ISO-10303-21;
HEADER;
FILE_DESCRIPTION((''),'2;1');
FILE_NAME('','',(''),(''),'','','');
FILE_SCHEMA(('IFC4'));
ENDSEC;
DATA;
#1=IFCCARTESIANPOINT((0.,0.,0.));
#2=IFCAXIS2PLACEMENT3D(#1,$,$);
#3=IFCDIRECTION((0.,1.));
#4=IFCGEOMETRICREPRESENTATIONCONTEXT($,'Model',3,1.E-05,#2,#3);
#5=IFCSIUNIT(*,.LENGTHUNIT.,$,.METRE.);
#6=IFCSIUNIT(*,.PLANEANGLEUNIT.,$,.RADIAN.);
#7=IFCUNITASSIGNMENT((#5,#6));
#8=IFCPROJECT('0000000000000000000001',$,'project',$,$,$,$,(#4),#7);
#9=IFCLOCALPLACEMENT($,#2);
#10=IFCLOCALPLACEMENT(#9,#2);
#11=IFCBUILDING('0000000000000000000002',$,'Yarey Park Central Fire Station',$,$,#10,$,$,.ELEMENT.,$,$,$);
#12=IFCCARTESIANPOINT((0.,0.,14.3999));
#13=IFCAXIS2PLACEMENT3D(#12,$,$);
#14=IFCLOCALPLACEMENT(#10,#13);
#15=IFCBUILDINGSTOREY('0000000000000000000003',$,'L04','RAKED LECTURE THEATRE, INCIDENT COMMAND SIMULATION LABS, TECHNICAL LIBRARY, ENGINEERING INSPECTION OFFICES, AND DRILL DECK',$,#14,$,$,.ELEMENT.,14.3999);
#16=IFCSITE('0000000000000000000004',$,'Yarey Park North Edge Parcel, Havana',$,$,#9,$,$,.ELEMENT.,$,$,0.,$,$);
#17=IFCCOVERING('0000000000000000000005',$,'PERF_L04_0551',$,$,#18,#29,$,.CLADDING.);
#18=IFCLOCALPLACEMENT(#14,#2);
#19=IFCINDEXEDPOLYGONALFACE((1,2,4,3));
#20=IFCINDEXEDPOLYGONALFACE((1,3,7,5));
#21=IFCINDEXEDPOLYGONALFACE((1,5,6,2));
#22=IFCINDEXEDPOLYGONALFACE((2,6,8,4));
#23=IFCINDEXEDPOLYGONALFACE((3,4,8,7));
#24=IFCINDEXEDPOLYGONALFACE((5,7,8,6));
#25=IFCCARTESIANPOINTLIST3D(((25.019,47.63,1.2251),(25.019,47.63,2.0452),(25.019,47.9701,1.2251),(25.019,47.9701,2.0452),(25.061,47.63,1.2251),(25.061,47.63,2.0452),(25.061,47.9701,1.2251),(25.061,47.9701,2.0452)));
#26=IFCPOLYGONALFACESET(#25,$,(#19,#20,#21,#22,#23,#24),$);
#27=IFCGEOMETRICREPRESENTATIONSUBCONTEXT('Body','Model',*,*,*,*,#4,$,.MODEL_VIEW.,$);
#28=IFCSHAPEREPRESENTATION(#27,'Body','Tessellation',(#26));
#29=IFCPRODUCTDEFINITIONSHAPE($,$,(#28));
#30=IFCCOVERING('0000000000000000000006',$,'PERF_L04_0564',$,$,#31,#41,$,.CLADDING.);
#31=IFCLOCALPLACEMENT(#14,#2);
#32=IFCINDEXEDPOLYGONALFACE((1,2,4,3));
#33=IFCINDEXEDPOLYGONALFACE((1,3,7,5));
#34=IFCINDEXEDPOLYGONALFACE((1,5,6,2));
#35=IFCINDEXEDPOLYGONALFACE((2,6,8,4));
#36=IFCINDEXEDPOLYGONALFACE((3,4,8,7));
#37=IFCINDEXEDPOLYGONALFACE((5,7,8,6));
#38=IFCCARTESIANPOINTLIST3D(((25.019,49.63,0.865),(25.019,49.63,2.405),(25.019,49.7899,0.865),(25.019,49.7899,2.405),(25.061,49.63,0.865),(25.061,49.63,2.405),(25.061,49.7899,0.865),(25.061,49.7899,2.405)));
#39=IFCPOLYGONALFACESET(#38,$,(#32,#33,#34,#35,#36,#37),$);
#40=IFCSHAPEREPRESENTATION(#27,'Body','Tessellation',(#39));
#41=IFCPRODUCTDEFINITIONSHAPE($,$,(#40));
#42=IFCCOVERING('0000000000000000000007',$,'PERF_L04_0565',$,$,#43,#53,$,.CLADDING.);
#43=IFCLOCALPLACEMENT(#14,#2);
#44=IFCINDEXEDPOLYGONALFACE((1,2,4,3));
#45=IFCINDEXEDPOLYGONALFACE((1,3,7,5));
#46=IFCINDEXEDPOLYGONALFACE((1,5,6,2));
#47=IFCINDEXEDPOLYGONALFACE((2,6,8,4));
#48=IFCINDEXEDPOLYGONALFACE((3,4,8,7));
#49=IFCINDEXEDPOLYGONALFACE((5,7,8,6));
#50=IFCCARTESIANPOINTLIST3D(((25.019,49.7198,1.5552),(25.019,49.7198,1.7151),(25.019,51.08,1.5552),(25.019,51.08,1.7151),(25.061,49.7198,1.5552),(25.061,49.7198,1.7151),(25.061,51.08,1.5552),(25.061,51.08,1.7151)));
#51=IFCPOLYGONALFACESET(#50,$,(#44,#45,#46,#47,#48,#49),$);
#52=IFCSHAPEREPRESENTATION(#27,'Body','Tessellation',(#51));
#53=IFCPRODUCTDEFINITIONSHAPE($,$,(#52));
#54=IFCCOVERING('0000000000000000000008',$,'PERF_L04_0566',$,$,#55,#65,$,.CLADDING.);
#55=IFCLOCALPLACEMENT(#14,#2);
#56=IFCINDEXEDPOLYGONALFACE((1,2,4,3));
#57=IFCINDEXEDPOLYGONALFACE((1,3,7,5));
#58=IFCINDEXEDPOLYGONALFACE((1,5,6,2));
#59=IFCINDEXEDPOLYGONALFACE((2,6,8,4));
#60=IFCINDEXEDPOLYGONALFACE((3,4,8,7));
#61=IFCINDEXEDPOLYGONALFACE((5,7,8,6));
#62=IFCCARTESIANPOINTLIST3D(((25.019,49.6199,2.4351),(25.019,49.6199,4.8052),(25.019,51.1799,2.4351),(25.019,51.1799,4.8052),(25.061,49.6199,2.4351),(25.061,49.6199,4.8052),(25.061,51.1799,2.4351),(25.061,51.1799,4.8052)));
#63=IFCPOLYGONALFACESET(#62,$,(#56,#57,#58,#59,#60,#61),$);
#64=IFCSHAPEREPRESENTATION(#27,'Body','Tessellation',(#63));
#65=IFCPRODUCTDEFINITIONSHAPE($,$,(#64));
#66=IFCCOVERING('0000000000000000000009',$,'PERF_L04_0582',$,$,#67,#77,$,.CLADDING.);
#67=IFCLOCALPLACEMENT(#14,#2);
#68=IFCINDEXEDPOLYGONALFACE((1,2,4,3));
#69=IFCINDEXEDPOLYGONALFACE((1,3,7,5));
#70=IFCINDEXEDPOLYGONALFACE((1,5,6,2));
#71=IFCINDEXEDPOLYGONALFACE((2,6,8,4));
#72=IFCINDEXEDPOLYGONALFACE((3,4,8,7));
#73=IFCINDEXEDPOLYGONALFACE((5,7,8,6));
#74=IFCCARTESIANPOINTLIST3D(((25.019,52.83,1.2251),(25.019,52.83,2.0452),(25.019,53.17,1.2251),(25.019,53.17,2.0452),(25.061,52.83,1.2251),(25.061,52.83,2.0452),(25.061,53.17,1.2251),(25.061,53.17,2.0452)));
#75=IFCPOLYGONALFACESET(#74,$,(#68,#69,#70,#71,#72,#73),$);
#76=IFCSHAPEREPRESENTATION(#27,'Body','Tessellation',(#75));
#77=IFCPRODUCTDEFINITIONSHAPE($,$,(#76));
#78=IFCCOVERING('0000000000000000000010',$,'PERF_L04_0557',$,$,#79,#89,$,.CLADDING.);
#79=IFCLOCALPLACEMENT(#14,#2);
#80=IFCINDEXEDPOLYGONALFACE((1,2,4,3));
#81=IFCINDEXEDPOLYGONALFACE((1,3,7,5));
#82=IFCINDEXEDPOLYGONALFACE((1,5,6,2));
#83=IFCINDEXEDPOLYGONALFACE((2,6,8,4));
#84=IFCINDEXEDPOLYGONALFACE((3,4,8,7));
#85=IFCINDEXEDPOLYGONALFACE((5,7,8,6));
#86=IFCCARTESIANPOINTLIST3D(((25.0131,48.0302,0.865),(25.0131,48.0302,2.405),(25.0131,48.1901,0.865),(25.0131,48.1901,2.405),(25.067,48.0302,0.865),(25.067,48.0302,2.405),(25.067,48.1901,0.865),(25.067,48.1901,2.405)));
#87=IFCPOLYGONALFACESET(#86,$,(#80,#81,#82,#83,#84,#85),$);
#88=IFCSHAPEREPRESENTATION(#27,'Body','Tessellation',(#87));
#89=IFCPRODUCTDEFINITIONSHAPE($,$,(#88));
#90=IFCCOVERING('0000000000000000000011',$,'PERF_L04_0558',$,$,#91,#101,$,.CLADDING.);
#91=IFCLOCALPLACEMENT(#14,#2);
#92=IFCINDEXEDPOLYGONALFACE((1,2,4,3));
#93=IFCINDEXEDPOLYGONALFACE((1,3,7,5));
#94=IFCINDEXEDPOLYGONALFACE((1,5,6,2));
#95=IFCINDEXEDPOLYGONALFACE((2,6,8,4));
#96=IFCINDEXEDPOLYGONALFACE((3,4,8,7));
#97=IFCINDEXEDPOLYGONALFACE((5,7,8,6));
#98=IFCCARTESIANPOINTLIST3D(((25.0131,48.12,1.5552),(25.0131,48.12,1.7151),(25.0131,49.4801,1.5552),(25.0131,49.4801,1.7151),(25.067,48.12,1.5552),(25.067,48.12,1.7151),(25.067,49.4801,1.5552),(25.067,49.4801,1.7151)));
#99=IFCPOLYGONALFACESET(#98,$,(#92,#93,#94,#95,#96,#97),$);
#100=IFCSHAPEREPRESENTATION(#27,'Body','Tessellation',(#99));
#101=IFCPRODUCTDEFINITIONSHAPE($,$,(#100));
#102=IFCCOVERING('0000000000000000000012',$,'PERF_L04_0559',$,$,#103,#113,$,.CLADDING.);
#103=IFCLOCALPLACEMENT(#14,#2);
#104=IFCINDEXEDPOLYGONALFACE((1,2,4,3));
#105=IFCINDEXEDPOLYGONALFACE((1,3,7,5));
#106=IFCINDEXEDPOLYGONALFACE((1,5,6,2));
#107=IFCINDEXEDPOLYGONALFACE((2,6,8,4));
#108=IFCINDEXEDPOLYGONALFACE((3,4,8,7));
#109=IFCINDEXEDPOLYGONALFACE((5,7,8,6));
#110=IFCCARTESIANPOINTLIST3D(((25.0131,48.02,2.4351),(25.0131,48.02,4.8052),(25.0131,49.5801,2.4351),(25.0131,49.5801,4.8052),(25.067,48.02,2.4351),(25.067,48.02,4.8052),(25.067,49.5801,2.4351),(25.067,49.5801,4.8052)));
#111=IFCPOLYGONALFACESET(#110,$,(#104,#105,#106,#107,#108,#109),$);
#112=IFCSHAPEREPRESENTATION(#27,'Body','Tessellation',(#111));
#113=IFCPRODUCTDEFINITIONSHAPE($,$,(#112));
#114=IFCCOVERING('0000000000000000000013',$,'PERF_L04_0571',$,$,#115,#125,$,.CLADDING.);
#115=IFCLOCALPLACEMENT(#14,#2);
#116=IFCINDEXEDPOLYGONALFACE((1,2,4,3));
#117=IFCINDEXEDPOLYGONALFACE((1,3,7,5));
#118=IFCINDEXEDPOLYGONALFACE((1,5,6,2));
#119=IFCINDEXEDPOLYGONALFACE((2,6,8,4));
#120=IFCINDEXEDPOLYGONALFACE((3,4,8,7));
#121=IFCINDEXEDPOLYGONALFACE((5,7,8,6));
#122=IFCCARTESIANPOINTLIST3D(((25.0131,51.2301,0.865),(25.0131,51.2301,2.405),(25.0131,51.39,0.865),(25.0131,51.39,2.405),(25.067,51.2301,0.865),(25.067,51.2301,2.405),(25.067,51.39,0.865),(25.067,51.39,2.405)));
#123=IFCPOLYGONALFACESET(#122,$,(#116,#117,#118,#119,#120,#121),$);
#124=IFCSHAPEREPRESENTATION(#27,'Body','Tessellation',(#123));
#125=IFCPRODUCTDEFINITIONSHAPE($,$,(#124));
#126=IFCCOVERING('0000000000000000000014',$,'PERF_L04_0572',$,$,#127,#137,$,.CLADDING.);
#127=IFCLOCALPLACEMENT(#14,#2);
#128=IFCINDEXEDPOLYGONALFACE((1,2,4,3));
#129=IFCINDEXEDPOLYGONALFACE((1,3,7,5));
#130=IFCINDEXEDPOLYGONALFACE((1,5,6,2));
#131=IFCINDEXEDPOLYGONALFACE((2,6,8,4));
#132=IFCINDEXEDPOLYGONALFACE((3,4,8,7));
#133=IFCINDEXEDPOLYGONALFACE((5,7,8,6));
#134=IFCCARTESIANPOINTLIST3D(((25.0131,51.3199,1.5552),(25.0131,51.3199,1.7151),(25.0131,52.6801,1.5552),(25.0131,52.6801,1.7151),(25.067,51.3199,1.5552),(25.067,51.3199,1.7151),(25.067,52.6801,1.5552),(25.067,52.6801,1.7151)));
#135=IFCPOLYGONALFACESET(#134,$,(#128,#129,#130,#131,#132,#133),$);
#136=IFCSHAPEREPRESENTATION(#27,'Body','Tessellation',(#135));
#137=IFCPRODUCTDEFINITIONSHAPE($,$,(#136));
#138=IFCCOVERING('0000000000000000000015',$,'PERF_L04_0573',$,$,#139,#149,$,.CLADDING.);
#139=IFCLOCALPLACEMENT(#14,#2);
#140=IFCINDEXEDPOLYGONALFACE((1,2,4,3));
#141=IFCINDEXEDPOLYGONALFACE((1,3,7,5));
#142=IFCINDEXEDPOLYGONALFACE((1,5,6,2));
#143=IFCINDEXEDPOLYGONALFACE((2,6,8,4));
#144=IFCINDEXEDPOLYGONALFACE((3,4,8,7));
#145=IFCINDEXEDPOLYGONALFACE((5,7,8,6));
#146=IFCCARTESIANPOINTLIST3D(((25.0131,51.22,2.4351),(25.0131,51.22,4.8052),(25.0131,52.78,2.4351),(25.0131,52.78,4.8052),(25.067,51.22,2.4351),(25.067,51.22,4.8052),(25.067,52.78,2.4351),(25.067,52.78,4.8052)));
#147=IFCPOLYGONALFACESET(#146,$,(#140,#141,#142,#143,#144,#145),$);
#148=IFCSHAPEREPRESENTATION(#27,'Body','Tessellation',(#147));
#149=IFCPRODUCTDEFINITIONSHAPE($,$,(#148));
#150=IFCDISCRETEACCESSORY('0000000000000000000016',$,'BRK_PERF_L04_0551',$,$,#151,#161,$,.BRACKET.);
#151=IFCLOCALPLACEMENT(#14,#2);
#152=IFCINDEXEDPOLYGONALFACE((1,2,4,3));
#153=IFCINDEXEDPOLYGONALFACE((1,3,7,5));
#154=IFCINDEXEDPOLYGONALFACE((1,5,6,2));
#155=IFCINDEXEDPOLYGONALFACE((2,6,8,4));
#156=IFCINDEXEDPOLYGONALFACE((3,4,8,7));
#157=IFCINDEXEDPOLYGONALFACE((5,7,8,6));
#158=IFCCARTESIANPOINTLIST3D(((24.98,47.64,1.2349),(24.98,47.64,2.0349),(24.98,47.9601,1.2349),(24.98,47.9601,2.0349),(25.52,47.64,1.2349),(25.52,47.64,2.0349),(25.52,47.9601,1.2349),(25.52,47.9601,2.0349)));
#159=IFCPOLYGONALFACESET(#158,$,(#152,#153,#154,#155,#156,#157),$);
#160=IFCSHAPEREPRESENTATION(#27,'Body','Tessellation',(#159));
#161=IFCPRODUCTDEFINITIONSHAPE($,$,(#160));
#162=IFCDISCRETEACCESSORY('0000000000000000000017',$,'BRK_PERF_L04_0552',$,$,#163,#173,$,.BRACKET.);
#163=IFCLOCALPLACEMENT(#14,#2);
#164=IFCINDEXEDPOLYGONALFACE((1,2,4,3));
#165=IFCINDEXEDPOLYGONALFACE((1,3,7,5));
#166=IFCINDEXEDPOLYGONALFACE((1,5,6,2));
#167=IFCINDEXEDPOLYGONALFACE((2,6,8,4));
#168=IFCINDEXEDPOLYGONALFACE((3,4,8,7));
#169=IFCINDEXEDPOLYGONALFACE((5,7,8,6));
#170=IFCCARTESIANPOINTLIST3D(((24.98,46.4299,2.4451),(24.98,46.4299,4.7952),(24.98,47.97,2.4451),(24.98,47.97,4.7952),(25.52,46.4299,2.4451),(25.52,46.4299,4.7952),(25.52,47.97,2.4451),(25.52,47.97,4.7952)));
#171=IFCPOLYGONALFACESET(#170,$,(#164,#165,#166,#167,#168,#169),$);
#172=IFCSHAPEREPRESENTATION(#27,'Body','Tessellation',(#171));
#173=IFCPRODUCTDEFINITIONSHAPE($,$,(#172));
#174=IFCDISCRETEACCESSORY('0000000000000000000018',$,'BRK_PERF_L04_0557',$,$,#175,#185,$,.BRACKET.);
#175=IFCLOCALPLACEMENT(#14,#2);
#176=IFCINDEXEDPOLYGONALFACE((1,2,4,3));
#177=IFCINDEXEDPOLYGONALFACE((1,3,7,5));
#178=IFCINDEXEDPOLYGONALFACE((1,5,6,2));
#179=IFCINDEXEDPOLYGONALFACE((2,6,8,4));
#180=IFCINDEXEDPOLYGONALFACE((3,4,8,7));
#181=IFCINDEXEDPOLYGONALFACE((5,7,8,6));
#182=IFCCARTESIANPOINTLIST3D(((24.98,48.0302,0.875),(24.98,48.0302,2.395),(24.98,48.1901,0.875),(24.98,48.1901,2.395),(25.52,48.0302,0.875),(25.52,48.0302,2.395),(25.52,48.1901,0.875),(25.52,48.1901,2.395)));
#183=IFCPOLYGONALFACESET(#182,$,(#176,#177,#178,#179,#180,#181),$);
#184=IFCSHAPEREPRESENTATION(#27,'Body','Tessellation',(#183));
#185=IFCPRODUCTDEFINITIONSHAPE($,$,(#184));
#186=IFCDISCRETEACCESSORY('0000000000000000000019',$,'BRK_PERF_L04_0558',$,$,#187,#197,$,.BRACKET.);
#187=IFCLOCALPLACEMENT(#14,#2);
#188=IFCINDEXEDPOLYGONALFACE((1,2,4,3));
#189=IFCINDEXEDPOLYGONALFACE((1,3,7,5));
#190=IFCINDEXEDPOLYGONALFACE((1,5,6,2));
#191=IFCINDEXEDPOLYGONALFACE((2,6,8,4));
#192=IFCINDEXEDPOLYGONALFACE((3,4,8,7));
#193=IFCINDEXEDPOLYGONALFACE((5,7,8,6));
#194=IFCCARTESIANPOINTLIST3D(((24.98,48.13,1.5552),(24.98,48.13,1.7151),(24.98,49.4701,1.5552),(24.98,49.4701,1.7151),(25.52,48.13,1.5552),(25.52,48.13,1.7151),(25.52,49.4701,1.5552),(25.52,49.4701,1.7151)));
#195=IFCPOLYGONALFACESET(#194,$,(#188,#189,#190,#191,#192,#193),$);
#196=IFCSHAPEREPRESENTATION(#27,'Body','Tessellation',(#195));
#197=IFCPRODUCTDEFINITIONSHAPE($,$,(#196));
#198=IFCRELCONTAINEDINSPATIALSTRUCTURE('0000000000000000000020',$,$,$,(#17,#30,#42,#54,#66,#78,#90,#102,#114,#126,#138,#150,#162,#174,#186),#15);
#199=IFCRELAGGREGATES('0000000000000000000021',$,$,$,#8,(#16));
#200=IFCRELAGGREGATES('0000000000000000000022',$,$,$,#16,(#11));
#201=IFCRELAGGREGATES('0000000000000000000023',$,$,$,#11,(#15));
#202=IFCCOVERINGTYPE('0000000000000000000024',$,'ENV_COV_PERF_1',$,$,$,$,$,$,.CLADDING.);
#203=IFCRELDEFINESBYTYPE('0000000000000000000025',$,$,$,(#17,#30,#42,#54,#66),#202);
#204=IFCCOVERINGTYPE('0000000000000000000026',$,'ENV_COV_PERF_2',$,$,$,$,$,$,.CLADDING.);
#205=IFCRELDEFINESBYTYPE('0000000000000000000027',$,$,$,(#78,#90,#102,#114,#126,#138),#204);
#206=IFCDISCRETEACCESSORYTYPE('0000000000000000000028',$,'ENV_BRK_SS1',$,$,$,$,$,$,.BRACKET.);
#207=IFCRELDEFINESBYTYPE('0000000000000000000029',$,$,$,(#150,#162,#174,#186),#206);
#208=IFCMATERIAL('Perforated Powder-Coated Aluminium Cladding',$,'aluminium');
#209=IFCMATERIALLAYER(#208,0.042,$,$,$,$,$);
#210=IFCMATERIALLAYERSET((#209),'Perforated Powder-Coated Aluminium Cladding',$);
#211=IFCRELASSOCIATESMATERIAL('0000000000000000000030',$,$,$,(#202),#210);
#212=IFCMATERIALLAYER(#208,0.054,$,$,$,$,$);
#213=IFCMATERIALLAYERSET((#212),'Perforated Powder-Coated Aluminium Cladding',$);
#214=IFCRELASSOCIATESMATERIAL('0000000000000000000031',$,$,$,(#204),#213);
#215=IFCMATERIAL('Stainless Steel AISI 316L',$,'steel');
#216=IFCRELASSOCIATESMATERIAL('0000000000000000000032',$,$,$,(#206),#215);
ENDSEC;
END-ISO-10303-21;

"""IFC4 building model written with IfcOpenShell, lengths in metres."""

from ifc_helpers import new_model, si_unit, direction, frame, origin, origin_2d, place, context, subcontext, project, spatial, rectangle, extrude, material, layer, layer_set, type_object, element, save


model = new_model("IFC4")

# Units and contexts
model_context = context("Model", 3, precision=1e-05, world=origin(), true_north=direction((0.0, 1.0)))
body_context = subcontext(model_context, "Body", "Model", "MODEL_VIEW")
ifc_project = project(units=[si_unit("LENGTHUNIT", "METRE"), si_unit("PLANEANGLEUNIT", "RADIAN")], contexts=[model_context])

# Site, building, storey
site_placement = place(None, origin())
site = spatial("IfcSite", under=ifc_project, at=site_placement, Name="Yarey Park North Edge Parcel, Havana", CompositionType="ELEMENT", RefElevation=0.0)
building_placement = place(site_placement, origin())
building = spatial("IfcBuilding", under=site, at=building_placement, Name="Yarey Park Central Fire Station", CompositionType="ELEMENT")
storey_placement = place(building_placement, frame((0.0, 0.0, 14.3999)))
storey = spatial("IfcBuildingStorey", under=building, at=storey_placement, Name="L04", Description="RAKED LECTURE THEATRE, INCIDENT COMMAND SIMULATION LABS, TECHNICAL LIBRARY, ENGINEERING INSPECTION OFFICES, AND DRILL DECK", CompositionType="ELEMENT", Elevation=14.3999)

# Coverings
ifc_material_1 = material(Name="Perforated Powder-Coated Aluminium Cladding", Category="aluminium")
ifc_layer_1 = layer(ifc_material_1, 0.042)
ifc_layer_set_1 = layer_set([ifc_layer_1], Name="Perforated Powder-Coated Aluminium Cladding")
covering_type_1 = type_object("IfcCoveringType", Name="ENV_COV_PERF_1", PredefinedType="CLADDING", material=ifc_layer_set_1)
covering_1_placement = place(storey_placement, frame((25.04, 47.8, 1.2251), z_axis=(0.0, 0.0, 1.0), x_axis=(0.0, 1.0, 0.0)))
element("IfcCovering", 1, at=covering_1_placement, inside=storey, type_object=covering_type_1, Name="PERF_L04_0551", PredefinedType="CLADDING", context=body_context, shape_type="SweptSolid", body=[
    extrude(rectangle(XDim=0.3401, YDim=0.042, at=origin_2d()), origin(), (0.0, 0.0, 1.0), 0.8201),
])
covering_2_placement = place(storey_placement, frame((25.04, 49.71, 0.865), z_axis=(0.0, 0.0, 1.0), x_axis=(0.0, 1.0, 0.0)))
element("IfcCovering", 2, at=covering_2_placement, inside=storey, type_object=covering_type_1, Name="PERF_L04_0564", PredefinedType="CLADDING", context=body_context, shape_type="SweptSolid", body=[
    extrude(rectangle(XDim=0.1599, YDim=0.042, at=origin_2d()), origin(), (0.0, 0.0, 1.0), 1.54),
])
covering_3_placement = place(storey_placement, frame((25.04, 50.3999, 1.5552), z_axis=(0.0, 0.0, 1.0), x_axis=(0.0, 1.0, 0.0)))
element("IfcCovering", 3, at=covering_3_placement, inside=storey, type_object=covering_type_1, Name="PERF_L04_0565", PredefinedType="CLADDING", context=body_context, shape_type="SweptSolid", body=[
    extrude(rectangle(XDim=1.3601, YDim=0.042, at=origin_2d()), origin(), (0.0, 0.0, 1.0), 0.1599),
])
covering_4_placement = place(storey_placement, frame((25.04, 50.3999, 2.4351), z_axis=(0.0, 0.0, 1.0), x_axis=(0.0, 1.0, 0.0)))
element("IfcCovering", 4, at=covering_4_placement, inside=storey, type_object=covering_type_1, Name="PERF_L04_0566", PredefinedType="CLADDING", context=body_context, shape_type="SweptSolid", body=[
    extrude(rectangle(XDim=1.5601, YDim=0.042, at=origin_2d()), origin(), (0.0, 0.0, 1.0), 2.3701),
])
covering_5_placement = place(storey_placement, frame((25.04, 53.0, 1.2251), z_axis=(0.0, 0.0, 1.0), x_axis=(0.0, 1.0, 0.0)))
element("IfcCovering", 5, at=covering_5_placement, inside=storey, type_object=covering_type_1, Name="PERF_L04_0582", PredefinedType="CLADDING", context=body_context, shape_type="SweptSolid", body=[
    extrude(rectangle(XDim=0.3401, YDim=0.042, at=origin_2d()), origin(), (0.0, 0.0, 1.0), 0.8201),
])
ifc_layer_2 = layer(ifc_material_1, 0.054)
ifc_layer_set_2 = layer_set([ifc_layer_2], Name="Perforated Powder-Coated Aluminium Cladding")
covering_type_2 = type_object("IfcCoveringType", Name="ENV_COV_PERF_2", PredefinedType="CLADDING", material=ifc_layer_set_2)
covering_6_placement = place(storey_placement, frame((25.04, 48.1101, 0.865), z_axis=(0.0, 0.0, 1.0), x_axis=(0.0, 1.0, 0.0)))
element("IfcCovering", 6, at=covering_6_placement, inside=storey, type_object=covering_type_2, Name="PERF_L04_0557", PredefinedType="CLADDING", context=body_context, shape_type="SweptSolid", body=[
    extrude(rectangle(XDim=0.1599, YDim=0.054, at=origin_2d()), origin(), (0.0, 0.0, 1.0), 1.54),
])
covering_7_placement = place(storey_placement, frame((25.04, 48.8, 1.5552), z_axis=(0.0, 0.0, 1.0), x_axis=(0.0, 1.0, 0.0)))
element("IfcCovering", 7, at=covering_7_placement, inside=storey, type_object=covering_type_2, Name="PERF_L04_0558", PredefinedType="CLADDING", context=body_context, shape_type="SweptSolid", body=[
    extrude(rectangle(XDim=1.3601, YDim=0.054, at=origin_2d()), origin(), (0.0, 0.0, 1.0), 0.1599),
])
covering_8_placement = place(storey_placement, frame((25.04, 48.8, 2.4351), z_axis=(0.0, 0.0, 1.0), x_axis=(0.0, 1.0, 0.0)))
element("IfcCovering", 8, at=covering_8_placement, inside=storey, type_object=covering_type_2, Name="PERF_L04_0559", PredefinedType="CLADDING", context=body_context, shape_type="SweptSolid", body=[
    extrude(rectangle(XDim=1.5601, YDim=0.054, at=origin_2d()), origin(), (0.0, 0.0, 1.0), 2.3701),
])
covering_9_placement = place(storey_placement, frame((25.04, 51.3101, 0.865), z_axis=(0.0, 0.0, 1.0), x_axis=(0.0, 1.0, 0.0)))
element("IfcCovering", 9, at=covering_9_placement, inside=storey, type_object=covering_type_2, Name="PERF_L04_0571", PredefinedType="CLADDING", context=body_context, shape_type="SweptSolid", body=[
    extrude(rectangle(XDim=0.1599, YDim=0.054, at=origin_2d()), origin(), (0.0, 0.0, 1.0), 1.54),
])
covering_10_placement = place(storey_placement, frame((25.04, 52.0, 1.5552), z_axis=(0.0, 0.0, 1.0), x_axis=(0.0, 1.0, 0.0)))
element("IfcCovering", 10, at=covering_10_placement, inside=storey, type_object=covering_type_2, Name="PERF_L04_0572", PredefinedType="CLADDING", context=body_context, shape_type="SweptSolid", body=[
    extrude(rectangle(XDim=1.3601, YDim=0.054, at=origin_2d()), origin(), (0.0, 0.0, 1.0), 0.1599),
])
covering_11_placement = place(storey_placement, frame((25.04, 52.0, 2.4351), z_axis=(0.0, 0.0, 1.0), x_axis=(0.0, 1.0, 0.0)))
element("IfcCovering", 11, at=covering_11_placement, inside=storey, type_object=covering_type_2, Name="PERF_L04_0573", PredefinedType="CLADDING", context=body_context, shape_type="SweptSolid", body=[
    extrude(rectangle(XDim=1.5601, YDim=0.054, at=origin_2d()), origin(), (0.0, 0.0, 1.0), 2.3701),
])

# Discrete accessories
ifc_material_2 = material(Name="Stainless Steel AISI 316L", Category="steel")
discrete_accessory_type = type_object("IfcDiscreteAccessoryType", Name="ENV_BRK_SS1", PredefinedType="BRACKET", material=ifc_material_2)
discrete_accessory_1_placement = place(storey_placement, frame((25.25, 47.8, 1.2349), z_axis=(0.0, 0.0, 1.0), x_axis=(1.0, 0.0, 0.0)))
element("IfcDiscreteAccessory", 12, at=discrete_accessory_1_placement, inside=storey, type_object=discrete_accessory_type, Name="BRK_PERF_L04_0551", PredefinedType="BRACKET", context=body_context, shape_type="SweptSolid", body=[
    extrude(rectangle(XDim=0.54, YDim=0.3201, at=origin_2d()), origin(), (0.0, 0.0, 1.0), 0.8),
])
discrete_accessory_2_placement = place(storey_placement, frame((25.25, 47.2, 2.4451), z_axis=(0.0, 0.0, 1.0), x_axis=(1.0, 0.0, 0.0)))
element("IfcDiscreteAccessory", 13, at=discrete_accessory_2_placement, inside=storey, type_object=discrete_accessory_type, Name="BRK_PERF_L04_0552", PredefinedType="BRACKET", context=body_context, shape_type="SweptSolid", body=[
    extrude(rectangle(XDim=0.54, YDim=1.54, at=origin_2d()), origin(), (0.0, 0.0, 1.0), 2.3501),
])
discrete_accessory_3_placement = place(storey_placement, frame((25.25, 48.1101, 0.875), z_axis=(0.0, 0.0, 1.0), x_axis=(1.0, 0.0, 0.0)))
element("IfcDiscreteAccessory", 14, at=discrete_accessory_3_placement, inside=storey, type_object=discrete_accessory_type, Name="BRK_PERF_L04_0557", PredefinedType="BRACKET", context=body_context, shape_type="SweptSolid", body=[
    extrude(rectangle(XDim=0.54, YDim=0.1599, at=origin_2d()), origin(), (0.0, 0.0, 1.0), 1.52),
])
discrete_accessory_4_placement = place(storey_placement, frame((25.25, 48.8, 1.5552), z_axis=(0.0, 0.0, 1.0), x_axis=(1.0, 0.0, 0.0)))
element("IfcDiscreteAccessory", 15, at=discrete_accessory_4_placement, inside=storey, type_object=discrete_accessory_type, Name="BRK_PERF_L04_0558", PredefinedType="BRACKET", context=body_context, shape_type="SweptSolid", body=[
    extrude(rectangle(XDim=0.54, YDim=1.3401, at=origin_2d()), origin(), (0.0, 0.0, 1.0), 0.1599),
])

save(model, "model.ifc")
